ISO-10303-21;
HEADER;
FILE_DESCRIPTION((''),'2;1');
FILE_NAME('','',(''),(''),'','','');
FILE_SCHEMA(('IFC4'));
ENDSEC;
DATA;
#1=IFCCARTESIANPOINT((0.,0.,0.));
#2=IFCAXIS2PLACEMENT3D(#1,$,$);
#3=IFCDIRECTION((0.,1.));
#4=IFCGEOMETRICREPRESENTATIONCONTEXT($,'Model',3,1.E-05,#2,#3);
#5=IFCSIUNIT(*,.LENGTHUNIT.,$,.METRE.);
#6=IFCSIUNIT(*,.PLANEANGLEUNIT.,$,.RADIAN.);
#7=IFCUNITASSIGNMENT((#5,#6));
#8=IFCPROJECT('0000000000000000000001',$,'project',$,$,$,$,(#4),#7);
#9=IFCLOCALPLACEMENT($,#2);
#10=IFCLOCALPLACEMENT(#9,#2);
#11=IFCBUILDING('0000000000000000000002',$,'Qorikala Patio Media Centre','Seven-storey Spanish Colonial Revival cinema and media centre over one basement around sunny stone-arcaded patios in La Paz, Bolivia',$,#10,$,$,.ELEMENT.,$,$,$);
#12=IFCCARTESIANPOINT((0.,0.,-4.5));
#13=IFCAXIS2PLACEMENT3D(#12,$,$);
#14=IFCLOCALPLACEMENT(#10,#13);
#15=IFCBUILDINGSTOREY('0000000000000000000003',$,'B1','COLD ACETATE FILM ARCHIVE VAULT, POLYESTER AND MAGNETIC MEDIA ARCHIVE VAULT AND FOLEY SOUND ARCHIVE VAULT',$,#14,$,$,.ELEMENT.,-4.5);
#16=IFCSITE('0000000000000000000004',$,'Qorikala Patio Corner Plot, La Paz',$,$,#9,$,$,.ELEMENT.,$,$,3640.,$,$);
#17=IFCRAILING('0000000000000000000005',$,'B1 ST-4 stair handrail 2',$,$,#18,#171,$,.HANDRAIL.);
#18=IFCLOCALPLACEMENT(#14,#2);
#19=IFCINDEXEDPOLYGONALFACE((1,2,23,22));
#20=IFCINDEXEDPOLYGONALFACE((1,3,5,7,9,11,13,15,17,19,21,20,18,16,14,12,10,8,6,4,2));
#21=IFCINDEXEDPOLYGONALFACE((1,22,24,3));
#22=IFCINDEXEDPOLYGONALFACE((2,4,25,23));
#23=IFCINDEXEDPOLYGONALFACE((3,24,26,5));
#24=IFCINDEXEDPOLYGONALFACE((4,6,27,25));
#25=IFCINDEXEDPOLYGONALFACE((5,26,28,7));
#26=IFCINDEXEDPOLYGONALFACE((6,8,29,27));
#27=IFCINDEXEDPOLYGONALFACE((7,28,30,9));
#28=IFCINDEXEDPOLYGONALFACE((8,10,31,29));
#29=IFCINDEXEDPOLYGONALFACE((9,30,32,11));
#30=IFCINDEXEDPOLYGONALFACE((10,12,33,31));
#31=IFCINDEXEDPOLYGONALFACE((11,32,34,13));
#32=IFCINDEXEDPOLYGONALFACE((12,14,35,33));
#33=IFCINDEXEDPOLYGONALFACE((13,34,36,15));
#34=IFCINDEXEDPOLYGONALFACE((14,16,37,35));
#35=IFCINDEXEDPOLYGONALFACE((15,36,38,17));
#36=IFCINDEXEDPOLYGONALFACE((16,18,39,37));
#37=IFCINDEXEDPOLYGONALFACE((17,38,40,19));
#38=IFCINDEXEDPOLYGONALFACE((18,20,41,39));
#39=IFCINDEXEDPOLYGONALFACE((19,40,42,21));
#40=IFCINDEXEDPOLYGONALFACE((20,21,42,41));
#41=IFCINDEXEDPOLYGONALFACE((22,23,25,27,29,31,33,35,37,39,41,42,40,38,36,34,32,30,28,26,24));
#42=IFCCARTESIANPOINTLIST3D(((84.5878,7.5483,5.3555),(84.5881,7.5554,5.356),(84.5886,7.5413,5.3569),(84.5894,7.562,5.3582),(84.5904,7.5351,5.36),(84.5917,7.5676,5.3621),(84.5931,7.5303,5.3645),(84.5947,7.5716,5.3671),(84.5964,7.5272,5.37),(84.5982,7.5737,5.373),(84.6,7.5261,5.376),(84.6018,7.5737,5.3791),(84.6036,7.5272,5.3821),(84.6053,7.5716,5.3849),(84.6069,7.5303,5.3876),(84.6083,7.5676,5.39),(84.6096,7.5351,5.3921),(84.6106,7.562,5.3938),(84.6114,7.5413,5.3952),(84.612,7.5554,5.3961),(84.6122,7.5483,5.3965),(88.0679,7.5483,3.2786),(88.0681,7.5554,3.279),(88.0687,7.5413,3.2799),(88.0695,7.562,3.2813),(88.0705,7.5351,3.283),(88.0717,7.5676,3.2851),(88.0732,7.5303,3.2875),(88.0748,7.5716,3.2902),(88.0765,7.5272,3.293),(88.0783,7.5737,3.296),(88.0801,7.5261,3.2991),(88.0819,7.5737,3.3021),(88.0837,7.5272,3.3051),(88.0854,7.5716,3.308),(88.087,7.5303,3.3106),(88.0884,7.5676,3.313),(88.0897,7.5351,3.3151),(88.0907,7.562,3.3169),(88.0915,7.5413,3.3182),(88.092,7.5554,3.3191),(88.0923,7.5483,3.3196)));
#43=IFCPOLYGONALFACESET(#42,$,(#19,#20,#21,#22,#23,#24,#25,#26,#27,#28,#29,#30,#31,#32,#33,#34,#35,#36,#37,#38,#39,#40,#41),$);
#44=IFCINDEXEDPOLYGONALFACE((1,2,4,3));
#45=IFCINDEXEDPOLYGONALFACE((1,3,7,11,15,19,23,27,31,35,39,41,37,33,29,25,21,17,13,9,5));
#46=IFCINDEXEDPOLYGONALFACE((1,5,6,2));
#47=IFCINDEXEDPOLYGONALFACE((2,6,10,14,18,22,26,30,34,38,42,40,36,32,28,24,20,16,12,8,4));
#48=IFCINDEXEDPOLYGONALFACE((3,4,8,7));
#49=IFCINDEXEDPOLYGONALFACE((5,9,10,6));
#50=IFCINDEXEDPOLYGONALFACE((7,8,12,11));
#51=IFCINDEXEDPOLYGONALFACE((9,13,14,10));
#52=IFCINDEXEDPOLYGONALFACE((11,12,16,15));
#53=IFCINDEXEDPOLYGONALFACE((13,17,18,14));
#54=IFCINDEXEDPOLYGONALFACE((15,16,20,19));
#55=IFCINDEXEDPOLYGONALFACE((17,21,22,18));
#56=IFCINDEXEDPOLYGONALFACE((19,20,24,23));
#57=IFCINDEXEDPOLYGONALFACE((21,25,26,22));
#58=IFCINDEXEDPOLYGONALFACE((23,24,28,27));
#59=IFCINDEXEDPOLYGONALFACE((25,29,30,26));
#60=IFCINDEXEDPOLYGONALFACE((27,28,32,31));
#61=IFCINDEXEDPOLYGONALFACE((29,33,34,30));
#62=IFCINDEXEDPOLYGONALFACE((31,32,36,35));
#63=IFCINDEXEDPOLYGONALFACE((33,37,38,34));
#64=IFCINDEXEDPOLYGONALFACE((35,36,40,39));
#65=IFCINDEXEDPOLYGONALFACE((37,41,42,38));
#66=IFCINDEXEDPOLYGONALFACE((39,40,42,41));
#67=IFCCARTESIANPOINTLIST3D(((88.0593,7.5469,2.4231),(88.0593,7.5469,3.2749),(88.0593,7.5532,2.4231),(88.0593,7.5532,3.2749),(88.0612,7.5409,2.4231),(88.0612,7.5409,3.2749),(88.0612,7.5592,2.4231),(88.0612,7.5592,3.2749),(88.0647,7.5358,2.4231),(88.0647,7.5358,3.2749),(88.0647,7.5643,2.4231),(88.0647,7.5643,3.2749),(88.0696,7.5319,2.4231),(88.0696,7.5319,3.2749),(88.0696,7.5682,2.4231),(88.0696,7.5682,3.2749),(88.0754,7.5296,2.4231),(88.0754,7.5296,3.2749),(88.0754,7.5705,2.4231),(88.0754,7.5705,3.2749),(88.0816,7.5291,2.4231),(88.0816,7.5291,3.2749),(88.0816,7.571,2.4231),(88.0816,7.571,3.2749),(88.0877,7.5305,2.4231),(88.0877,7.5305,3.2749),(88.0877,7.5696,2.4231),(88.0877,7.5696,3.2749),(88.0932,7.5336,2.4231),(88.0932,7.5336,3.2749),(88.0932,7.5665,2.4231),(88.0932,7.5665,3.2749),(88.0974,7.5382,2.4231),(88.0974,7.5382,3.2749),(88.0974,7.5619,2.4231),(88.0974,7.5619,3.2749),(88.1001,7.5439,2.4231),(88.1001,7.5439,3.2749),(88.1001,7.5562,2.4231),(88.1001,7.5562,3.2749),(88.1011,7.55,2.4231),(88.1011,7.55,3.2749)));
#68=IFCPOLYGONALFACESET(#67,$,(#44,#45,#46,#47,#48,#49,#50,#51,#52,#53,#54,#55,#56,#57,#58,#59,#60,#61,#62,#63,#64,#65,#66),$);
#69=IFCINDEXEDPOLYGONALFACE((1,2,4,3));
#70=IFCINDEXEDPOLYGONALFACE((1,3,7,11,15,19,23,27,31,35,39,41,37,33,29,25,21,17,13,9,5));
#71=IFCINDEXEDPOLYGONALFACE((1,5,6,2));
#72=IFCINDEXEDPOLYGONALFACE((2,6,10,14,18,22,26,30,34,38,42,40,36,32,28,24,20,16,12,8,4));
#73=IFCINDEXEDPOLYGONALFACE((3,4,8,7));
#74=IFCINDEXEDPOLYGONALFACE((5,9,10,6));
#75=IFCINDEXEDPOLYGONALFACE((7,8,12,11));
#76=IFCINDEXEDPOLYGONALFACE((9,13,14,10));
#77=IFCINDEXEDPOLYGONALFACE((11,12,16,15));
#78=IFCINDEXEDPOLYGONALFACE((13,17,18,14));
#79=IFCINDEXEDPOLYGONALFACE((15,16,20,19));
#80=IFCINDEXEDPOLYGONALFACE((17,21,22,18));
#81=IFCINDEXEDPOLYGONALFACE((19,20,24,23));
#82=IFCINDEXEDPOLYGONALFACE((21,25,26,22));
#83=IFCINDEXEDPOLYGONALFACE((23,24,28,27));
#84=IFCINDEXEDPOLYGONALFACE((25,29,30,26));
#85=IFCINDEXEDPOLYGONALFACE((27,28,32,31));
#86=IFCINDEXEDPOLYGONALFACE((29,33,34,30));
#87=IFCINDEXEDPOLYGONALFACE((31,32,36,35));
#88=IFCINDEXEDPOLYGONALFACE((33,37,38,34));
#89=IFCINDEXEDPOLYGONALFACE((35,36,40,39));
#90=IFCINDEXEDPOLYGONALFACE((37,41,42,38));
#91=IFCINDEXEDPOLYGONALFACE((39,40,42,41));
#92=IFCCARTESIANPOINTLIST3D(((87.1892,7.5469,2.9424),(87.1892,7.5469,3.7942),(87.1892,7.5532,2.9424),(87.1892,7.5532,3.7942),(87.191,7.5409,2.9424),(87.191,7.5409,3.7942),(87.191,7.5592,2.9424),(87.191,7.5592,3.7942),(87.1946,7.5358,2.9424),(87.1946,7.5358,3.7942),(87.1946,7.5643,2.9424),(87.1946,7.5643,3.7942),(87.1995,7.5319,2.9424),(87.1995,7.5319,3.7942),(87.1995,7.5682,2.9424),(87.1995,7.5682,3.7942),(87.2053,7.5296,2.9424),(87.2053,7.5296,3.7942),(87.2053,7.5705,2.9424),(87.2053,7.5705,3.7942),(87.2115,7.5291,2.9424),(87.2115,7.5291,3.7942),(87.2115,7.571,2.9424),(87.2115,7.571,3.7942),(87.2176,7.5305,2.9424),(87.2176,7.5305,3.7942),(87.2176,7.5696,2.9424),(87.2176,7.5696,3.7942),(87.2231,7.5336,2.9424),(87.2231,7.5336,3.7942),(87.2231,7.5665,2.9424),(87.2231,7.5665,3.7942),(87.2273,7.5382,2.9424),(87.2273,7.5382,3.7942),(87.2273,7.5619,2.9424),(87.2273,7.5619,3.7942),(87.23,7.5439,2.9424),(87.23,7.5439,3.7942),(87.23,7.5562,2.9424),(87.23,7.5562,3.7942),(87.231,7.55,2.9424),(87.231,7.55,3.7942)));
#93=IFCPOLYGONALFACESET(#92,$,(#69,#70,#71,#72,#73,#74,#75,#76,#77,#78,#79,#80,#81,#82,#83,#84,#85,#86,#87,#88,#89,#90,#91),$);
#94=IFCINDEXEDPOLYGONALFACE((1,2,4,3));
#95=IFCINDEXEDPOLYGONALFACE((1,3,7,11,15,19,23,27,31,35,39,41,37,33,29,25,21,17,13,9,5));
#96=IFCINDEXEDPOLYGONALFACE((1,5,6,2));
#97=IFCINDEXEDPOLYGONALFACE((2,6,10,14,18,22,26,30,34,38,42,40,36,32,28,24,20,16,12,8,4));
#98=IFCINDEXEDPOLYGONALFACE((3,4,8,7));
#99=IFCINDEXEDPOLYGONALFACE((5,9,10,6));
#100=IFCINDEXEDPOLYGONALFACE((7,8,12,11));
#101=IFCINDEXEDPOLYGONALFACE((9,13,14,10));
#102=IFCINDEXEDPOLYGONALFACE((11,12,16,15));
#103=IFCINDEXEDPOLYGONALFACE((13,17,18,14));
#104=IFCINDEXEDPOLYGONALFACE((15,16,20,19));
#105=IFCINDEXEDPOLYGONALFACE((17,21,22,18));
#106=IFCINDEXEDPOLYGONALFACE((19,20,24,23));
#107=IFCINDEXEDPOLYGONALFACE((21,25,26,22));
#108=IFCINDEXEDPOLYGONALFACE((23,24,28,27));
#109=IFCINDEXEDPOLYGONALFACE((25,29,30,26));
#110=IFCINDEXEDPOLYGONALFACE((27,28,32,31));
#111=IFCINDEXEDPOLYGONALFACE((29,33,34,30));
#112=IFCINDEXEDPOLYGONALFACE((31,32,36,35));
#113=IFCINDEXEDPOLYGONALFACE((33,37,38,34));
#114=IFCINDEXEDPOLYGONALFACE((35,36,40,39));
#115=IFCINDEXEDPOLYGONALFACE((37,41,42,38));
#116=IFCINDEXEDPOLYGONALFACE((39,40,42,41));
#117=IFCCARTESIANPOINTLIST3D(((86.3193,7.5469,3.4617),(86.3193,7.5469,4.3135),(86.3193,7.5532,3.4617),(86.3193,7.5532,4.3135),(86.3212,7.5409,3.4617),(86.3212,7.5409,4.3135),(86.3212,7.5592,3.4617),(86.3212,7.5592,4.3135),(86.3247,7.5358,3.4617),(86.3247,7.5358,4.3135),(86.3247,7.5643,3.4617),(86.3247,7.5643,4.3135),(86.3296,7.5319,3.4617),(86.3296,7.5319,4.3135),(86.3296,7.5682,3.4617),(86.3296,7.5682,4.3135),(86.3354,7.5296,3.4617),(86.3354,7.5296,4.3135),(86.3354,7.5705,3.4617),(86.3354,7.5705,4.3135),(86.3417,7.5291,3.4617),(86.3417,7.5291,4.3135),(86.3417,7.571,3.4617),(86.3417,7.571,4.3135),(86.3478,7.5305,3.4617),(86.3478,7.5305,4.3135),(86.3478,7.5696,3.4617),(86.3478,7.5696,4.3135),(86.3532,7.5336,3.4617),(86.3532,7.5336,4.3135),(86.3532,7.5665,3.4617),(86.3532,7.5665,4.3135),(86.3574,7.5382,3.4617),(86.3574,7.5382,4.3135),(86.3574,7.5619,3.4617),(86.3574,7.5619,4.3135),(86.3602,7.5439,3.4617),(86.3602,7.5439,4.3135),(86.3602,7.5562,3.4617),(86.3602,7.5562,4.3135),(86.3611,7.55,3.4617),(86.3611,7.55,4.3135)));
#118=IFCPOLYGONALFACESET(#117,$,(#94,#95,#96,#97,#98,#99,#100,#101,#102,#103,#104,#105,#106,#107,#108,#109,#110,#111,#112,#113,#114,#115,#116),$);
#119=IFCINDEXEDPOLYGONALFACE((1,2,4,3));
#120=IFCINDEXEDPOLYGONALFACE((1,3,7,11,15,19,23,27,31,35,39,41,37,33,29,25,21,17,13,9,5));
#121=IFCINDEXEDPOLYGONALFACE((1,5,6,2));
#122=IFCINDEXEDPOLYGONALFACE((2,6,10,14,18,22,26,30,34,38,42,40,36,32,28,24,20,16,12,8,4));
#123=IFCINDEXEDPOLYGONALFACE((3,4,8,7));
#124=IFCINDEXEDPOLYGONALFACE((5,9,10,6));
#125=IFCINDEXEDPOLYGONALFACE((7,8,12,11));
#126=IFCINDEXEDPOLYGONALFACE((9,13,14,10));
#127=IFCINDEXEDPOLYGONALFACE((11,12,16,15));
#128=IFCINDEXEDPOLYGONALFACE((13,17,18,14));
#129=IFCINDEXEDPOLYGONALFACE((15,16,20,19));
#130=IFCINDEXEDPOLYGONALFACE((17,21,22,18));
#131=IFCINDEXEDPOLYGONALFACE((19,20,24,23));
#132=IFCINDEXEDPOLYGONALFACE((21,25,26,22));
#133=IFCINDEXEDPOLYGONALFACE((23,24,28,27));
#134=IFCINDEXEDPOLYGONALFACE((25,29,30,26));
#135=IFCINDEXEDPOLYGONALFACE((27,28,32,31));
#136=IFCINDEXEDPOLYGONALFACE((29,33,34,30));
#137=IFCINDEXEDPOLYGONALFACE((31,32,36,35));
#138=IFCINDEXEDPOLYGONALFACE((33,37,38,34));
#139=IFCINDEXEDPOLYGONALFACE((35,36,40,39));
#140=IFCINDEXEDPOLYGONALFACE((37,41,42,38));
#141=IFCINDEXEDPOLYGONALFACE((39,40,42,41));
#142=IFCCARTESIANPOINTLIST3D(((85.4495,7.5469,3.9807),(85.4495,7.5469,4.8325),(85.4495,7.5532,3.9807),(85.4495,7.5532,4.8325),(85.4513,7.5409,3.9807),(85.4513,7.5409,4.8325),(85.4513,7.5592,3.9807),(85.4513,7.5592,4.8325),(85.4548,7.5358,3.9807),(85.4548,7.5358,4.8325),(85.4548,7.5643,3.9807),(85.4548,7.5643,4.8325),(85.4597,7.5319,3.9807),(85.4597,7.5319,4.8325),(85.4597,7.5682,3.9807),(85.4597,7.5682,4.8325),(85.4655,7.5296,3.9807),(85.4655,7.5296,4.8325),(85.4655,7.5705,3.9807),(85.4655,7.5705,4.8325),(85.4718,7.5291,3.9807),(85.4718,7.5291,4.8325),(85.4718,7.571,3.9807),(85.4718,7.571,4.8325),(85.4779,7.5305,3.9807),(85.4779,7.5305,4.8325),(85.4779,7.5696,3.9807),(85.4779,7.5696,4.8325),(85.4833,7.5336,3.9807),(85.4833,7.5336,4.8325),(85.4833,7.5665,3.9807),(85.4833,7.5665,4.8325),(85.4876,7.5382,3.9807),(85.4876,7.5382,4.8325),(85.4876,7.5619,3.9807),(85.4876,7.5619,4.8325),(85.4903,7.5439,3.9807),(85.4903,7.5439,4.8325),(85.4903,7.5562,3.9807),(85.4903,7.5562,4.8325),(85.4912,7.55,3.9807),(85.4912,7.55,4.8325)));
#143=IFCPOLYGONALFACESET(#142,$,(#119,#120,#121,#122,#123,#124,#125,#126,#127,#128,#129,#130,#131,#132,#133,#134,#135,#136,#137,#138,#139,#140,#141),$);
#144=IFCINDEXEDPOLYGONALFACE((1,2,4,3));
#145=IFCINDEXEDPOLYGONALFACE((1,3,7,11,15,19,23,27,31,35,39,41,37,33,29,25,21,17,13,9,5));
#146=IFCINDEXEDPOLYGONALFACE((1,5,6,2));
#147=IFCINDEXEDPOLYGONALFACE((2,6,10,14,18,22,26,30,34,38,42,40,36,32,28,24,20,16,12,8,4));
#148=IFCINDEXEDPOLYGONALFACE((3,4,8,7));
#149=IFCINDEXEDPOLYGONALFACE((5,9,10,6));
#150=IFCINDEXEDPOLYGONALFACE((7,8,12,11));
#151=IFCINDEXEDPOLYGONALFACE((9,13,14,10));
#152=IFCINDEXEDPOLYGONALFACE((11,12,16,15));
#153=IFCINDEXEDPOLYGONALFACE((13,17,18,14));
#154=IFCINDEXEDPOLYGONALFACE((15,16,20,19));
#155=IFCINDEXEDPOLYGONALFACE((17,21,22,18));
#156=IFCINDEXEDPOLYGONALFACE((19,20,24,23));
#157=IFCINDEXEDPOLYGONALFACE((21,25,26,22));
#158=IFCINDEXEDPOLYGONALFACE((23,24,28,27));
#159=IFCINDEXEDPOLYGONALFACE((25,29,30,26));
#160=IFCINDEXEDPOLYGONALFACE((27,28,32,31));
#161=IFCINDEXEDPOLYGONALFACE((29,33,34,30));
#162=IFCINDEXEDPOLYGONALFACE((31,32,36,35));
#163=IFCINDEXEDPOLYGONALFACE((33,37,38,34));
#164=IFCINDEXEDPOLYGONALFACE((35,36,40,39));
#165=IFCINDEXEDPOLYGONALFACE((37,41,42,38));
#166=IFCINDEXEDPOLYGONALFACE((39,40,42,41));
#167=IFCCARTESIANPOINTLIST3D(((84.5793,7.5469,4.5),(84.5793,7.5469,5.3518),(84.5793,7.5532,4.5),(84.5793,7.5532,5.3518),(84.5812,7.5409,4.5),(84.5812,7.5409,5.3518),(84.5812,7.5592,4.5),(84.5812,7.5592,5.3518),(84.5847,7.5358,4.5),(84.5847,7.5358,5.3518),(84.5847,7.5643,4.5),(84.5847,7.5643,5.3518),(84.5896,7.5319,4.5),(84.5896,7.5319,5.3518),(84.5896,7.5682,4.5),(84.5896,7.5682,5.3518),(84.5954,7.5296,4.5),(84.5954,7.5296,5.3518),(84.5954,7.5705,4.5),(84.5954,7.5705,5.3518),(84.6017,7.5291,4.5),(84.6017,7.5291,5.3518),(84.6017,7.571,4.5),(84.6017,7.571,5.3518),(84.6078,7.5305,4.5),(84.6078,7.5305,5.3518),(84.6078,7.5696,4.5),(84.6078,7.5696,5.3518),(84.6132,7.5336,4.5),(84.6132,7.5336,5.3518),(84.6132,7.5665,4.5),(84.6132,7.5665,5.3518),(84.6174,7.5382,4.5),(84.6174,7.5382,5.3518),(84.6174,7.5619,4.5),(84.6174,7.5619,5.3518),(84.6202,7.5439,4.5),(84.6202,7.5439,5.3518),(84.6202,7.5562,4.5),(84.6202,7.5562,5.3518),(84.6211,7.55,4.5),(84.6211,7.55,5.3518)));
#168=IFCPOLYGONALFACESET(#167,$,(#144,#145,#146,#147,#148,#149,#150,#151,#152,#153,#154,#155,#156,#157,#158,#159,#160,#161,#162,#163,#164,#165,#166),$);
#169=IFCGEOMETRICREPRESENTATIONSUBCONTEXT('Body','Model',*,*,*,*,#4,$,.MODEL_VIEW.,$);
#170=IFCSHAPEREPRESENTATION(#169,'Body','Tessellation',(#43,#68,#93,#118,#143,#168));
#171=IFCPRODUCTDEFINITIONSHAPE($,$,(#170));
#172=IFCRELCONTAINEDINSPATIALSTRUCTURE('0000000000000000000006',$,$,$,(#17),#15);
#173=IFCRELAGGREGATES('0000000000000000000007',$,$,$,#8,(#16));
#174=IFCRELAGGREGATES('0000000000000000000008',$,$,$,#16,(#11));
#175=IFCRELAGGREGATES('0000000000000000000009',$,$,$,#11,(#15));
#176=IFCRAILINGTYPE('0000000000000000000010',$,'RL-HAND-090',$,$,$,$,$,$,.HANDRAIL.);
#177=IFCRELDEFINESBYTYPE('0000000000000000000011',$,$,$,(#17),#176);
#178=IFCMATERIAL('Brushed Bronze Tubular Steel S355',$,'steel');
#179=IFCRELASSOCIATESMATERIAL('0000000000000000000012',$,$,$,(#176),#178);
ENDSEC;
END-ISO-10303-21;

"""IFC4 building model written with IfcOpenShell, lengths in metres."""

from ifc_helpers import new_model, si_unit, direction, frame, origin, origin_2d, place, context, subcontext, project, spatial, circle, extrude, material, type_object, element, save


model = new_model("IFC4")

# Units and contexts
model_context = context("Model", 3, precision=1e-05, world=origin(), true_north=direction((0.0, 1.0)))
body_context = subcontext(model_context, "Body", "Model", "MODEL_VIEW")
ifc_project = project(units=[si_unit("LENGTHUNIT", "METRE"), si_unit("PLANEANGLEUNIT", "RADIAN")], contexts=[model_context])

# Site, building, storey
site_placement = place(None, origin())
site = spatial("IfcSite", under=ifc_project, at=site_placement, Name="Qorikala Patio Corner Plot, La Paz", CompositionType="ELEMENT", RefElevation=3640.0)
building_placement = place(site_placement, origin())
building = spatial("IfcBuilding", under=site, at=building_placement, Name="Qorikala Patio Media Centre", Description="Seven-storey Spanish Colonial Revival cinema and media centre over one basement around sunny stone-arcaded patios in La Paz, Bolivia", CompositionType="ELEMENT")
storey_placement = place(building_placement, frame((0.0, 0.0, -4.5)))
storey = spatial("IfcBuildingStorey", under=building, at=storey_placement, Name="B1", Description="COLD ACETATE FILM ARCHIVE VAULT, POLYESTER AND MAGNETIC MEDIA ARCHIVE VAULT AND FOLEY SOUND ARCHIVE VAULT", CompositionType="ELEMENT", Elevation=-4.5)

# Railing
ifc_material_1 = material(Name="Brushed Bronze Tubular Steel S355", Category="steel")
railing_type_1 = type_object("IfcRailingType", Name="RL-HAND-090", PredefinedType="HANDRAIL", material=ifc_material_1)
railing_1_placement = place(storey_placement, frame((88.0801, 7.55, 2.4231)))
element("IfcRailing", 1, at=railing_1_placement, inside=storey, type_object=railing_type_1, Name="B1 ST-4 stair handrail 2", PredefinedType="HANDRAIL", context=body_context, shape_type="SweptSolid", body=[
    extrude(circle(Radius=0.0239, at=origin_2d()), frame((0.0, 0.0, 0.876), z_axis=(-0.858697, 0.0, 0.512483), x_axis=(0.0, -1.0, 0.0)), (0.0, 0.0, 1.0), 4.0527),
    extrude(circle(Radius=0.021, at=origin_2d()), origin(), (0.0, 0.0, 1.0), 0.8518),
    extrude(circle(Radius=0.021, at=origin_2d()), frame((-0.8701, 0.0, 0.5193)), (0.0, 0.0, 1.0), 0.8518),
    extrude(circle(Radius=0.021, at=origin_2d()), frame((-1.74, 0.0, 1.0386)), (0.0, 0.0, 1.0), 0.8518),
    extrude(circle(Radius=0.021, at=origin_2d()), frame((-2.6099, 0.0, 1.5576)), (0.0, 0.0, 1.0), 0.8518),
    extrude(circle(Radius=0.021, at=origin_2d()), frame((-3.48, 0.0, 2.0769)), (0.0, 0.0, 1.0), 0.8518),
])

save(model, "model.ifc")
